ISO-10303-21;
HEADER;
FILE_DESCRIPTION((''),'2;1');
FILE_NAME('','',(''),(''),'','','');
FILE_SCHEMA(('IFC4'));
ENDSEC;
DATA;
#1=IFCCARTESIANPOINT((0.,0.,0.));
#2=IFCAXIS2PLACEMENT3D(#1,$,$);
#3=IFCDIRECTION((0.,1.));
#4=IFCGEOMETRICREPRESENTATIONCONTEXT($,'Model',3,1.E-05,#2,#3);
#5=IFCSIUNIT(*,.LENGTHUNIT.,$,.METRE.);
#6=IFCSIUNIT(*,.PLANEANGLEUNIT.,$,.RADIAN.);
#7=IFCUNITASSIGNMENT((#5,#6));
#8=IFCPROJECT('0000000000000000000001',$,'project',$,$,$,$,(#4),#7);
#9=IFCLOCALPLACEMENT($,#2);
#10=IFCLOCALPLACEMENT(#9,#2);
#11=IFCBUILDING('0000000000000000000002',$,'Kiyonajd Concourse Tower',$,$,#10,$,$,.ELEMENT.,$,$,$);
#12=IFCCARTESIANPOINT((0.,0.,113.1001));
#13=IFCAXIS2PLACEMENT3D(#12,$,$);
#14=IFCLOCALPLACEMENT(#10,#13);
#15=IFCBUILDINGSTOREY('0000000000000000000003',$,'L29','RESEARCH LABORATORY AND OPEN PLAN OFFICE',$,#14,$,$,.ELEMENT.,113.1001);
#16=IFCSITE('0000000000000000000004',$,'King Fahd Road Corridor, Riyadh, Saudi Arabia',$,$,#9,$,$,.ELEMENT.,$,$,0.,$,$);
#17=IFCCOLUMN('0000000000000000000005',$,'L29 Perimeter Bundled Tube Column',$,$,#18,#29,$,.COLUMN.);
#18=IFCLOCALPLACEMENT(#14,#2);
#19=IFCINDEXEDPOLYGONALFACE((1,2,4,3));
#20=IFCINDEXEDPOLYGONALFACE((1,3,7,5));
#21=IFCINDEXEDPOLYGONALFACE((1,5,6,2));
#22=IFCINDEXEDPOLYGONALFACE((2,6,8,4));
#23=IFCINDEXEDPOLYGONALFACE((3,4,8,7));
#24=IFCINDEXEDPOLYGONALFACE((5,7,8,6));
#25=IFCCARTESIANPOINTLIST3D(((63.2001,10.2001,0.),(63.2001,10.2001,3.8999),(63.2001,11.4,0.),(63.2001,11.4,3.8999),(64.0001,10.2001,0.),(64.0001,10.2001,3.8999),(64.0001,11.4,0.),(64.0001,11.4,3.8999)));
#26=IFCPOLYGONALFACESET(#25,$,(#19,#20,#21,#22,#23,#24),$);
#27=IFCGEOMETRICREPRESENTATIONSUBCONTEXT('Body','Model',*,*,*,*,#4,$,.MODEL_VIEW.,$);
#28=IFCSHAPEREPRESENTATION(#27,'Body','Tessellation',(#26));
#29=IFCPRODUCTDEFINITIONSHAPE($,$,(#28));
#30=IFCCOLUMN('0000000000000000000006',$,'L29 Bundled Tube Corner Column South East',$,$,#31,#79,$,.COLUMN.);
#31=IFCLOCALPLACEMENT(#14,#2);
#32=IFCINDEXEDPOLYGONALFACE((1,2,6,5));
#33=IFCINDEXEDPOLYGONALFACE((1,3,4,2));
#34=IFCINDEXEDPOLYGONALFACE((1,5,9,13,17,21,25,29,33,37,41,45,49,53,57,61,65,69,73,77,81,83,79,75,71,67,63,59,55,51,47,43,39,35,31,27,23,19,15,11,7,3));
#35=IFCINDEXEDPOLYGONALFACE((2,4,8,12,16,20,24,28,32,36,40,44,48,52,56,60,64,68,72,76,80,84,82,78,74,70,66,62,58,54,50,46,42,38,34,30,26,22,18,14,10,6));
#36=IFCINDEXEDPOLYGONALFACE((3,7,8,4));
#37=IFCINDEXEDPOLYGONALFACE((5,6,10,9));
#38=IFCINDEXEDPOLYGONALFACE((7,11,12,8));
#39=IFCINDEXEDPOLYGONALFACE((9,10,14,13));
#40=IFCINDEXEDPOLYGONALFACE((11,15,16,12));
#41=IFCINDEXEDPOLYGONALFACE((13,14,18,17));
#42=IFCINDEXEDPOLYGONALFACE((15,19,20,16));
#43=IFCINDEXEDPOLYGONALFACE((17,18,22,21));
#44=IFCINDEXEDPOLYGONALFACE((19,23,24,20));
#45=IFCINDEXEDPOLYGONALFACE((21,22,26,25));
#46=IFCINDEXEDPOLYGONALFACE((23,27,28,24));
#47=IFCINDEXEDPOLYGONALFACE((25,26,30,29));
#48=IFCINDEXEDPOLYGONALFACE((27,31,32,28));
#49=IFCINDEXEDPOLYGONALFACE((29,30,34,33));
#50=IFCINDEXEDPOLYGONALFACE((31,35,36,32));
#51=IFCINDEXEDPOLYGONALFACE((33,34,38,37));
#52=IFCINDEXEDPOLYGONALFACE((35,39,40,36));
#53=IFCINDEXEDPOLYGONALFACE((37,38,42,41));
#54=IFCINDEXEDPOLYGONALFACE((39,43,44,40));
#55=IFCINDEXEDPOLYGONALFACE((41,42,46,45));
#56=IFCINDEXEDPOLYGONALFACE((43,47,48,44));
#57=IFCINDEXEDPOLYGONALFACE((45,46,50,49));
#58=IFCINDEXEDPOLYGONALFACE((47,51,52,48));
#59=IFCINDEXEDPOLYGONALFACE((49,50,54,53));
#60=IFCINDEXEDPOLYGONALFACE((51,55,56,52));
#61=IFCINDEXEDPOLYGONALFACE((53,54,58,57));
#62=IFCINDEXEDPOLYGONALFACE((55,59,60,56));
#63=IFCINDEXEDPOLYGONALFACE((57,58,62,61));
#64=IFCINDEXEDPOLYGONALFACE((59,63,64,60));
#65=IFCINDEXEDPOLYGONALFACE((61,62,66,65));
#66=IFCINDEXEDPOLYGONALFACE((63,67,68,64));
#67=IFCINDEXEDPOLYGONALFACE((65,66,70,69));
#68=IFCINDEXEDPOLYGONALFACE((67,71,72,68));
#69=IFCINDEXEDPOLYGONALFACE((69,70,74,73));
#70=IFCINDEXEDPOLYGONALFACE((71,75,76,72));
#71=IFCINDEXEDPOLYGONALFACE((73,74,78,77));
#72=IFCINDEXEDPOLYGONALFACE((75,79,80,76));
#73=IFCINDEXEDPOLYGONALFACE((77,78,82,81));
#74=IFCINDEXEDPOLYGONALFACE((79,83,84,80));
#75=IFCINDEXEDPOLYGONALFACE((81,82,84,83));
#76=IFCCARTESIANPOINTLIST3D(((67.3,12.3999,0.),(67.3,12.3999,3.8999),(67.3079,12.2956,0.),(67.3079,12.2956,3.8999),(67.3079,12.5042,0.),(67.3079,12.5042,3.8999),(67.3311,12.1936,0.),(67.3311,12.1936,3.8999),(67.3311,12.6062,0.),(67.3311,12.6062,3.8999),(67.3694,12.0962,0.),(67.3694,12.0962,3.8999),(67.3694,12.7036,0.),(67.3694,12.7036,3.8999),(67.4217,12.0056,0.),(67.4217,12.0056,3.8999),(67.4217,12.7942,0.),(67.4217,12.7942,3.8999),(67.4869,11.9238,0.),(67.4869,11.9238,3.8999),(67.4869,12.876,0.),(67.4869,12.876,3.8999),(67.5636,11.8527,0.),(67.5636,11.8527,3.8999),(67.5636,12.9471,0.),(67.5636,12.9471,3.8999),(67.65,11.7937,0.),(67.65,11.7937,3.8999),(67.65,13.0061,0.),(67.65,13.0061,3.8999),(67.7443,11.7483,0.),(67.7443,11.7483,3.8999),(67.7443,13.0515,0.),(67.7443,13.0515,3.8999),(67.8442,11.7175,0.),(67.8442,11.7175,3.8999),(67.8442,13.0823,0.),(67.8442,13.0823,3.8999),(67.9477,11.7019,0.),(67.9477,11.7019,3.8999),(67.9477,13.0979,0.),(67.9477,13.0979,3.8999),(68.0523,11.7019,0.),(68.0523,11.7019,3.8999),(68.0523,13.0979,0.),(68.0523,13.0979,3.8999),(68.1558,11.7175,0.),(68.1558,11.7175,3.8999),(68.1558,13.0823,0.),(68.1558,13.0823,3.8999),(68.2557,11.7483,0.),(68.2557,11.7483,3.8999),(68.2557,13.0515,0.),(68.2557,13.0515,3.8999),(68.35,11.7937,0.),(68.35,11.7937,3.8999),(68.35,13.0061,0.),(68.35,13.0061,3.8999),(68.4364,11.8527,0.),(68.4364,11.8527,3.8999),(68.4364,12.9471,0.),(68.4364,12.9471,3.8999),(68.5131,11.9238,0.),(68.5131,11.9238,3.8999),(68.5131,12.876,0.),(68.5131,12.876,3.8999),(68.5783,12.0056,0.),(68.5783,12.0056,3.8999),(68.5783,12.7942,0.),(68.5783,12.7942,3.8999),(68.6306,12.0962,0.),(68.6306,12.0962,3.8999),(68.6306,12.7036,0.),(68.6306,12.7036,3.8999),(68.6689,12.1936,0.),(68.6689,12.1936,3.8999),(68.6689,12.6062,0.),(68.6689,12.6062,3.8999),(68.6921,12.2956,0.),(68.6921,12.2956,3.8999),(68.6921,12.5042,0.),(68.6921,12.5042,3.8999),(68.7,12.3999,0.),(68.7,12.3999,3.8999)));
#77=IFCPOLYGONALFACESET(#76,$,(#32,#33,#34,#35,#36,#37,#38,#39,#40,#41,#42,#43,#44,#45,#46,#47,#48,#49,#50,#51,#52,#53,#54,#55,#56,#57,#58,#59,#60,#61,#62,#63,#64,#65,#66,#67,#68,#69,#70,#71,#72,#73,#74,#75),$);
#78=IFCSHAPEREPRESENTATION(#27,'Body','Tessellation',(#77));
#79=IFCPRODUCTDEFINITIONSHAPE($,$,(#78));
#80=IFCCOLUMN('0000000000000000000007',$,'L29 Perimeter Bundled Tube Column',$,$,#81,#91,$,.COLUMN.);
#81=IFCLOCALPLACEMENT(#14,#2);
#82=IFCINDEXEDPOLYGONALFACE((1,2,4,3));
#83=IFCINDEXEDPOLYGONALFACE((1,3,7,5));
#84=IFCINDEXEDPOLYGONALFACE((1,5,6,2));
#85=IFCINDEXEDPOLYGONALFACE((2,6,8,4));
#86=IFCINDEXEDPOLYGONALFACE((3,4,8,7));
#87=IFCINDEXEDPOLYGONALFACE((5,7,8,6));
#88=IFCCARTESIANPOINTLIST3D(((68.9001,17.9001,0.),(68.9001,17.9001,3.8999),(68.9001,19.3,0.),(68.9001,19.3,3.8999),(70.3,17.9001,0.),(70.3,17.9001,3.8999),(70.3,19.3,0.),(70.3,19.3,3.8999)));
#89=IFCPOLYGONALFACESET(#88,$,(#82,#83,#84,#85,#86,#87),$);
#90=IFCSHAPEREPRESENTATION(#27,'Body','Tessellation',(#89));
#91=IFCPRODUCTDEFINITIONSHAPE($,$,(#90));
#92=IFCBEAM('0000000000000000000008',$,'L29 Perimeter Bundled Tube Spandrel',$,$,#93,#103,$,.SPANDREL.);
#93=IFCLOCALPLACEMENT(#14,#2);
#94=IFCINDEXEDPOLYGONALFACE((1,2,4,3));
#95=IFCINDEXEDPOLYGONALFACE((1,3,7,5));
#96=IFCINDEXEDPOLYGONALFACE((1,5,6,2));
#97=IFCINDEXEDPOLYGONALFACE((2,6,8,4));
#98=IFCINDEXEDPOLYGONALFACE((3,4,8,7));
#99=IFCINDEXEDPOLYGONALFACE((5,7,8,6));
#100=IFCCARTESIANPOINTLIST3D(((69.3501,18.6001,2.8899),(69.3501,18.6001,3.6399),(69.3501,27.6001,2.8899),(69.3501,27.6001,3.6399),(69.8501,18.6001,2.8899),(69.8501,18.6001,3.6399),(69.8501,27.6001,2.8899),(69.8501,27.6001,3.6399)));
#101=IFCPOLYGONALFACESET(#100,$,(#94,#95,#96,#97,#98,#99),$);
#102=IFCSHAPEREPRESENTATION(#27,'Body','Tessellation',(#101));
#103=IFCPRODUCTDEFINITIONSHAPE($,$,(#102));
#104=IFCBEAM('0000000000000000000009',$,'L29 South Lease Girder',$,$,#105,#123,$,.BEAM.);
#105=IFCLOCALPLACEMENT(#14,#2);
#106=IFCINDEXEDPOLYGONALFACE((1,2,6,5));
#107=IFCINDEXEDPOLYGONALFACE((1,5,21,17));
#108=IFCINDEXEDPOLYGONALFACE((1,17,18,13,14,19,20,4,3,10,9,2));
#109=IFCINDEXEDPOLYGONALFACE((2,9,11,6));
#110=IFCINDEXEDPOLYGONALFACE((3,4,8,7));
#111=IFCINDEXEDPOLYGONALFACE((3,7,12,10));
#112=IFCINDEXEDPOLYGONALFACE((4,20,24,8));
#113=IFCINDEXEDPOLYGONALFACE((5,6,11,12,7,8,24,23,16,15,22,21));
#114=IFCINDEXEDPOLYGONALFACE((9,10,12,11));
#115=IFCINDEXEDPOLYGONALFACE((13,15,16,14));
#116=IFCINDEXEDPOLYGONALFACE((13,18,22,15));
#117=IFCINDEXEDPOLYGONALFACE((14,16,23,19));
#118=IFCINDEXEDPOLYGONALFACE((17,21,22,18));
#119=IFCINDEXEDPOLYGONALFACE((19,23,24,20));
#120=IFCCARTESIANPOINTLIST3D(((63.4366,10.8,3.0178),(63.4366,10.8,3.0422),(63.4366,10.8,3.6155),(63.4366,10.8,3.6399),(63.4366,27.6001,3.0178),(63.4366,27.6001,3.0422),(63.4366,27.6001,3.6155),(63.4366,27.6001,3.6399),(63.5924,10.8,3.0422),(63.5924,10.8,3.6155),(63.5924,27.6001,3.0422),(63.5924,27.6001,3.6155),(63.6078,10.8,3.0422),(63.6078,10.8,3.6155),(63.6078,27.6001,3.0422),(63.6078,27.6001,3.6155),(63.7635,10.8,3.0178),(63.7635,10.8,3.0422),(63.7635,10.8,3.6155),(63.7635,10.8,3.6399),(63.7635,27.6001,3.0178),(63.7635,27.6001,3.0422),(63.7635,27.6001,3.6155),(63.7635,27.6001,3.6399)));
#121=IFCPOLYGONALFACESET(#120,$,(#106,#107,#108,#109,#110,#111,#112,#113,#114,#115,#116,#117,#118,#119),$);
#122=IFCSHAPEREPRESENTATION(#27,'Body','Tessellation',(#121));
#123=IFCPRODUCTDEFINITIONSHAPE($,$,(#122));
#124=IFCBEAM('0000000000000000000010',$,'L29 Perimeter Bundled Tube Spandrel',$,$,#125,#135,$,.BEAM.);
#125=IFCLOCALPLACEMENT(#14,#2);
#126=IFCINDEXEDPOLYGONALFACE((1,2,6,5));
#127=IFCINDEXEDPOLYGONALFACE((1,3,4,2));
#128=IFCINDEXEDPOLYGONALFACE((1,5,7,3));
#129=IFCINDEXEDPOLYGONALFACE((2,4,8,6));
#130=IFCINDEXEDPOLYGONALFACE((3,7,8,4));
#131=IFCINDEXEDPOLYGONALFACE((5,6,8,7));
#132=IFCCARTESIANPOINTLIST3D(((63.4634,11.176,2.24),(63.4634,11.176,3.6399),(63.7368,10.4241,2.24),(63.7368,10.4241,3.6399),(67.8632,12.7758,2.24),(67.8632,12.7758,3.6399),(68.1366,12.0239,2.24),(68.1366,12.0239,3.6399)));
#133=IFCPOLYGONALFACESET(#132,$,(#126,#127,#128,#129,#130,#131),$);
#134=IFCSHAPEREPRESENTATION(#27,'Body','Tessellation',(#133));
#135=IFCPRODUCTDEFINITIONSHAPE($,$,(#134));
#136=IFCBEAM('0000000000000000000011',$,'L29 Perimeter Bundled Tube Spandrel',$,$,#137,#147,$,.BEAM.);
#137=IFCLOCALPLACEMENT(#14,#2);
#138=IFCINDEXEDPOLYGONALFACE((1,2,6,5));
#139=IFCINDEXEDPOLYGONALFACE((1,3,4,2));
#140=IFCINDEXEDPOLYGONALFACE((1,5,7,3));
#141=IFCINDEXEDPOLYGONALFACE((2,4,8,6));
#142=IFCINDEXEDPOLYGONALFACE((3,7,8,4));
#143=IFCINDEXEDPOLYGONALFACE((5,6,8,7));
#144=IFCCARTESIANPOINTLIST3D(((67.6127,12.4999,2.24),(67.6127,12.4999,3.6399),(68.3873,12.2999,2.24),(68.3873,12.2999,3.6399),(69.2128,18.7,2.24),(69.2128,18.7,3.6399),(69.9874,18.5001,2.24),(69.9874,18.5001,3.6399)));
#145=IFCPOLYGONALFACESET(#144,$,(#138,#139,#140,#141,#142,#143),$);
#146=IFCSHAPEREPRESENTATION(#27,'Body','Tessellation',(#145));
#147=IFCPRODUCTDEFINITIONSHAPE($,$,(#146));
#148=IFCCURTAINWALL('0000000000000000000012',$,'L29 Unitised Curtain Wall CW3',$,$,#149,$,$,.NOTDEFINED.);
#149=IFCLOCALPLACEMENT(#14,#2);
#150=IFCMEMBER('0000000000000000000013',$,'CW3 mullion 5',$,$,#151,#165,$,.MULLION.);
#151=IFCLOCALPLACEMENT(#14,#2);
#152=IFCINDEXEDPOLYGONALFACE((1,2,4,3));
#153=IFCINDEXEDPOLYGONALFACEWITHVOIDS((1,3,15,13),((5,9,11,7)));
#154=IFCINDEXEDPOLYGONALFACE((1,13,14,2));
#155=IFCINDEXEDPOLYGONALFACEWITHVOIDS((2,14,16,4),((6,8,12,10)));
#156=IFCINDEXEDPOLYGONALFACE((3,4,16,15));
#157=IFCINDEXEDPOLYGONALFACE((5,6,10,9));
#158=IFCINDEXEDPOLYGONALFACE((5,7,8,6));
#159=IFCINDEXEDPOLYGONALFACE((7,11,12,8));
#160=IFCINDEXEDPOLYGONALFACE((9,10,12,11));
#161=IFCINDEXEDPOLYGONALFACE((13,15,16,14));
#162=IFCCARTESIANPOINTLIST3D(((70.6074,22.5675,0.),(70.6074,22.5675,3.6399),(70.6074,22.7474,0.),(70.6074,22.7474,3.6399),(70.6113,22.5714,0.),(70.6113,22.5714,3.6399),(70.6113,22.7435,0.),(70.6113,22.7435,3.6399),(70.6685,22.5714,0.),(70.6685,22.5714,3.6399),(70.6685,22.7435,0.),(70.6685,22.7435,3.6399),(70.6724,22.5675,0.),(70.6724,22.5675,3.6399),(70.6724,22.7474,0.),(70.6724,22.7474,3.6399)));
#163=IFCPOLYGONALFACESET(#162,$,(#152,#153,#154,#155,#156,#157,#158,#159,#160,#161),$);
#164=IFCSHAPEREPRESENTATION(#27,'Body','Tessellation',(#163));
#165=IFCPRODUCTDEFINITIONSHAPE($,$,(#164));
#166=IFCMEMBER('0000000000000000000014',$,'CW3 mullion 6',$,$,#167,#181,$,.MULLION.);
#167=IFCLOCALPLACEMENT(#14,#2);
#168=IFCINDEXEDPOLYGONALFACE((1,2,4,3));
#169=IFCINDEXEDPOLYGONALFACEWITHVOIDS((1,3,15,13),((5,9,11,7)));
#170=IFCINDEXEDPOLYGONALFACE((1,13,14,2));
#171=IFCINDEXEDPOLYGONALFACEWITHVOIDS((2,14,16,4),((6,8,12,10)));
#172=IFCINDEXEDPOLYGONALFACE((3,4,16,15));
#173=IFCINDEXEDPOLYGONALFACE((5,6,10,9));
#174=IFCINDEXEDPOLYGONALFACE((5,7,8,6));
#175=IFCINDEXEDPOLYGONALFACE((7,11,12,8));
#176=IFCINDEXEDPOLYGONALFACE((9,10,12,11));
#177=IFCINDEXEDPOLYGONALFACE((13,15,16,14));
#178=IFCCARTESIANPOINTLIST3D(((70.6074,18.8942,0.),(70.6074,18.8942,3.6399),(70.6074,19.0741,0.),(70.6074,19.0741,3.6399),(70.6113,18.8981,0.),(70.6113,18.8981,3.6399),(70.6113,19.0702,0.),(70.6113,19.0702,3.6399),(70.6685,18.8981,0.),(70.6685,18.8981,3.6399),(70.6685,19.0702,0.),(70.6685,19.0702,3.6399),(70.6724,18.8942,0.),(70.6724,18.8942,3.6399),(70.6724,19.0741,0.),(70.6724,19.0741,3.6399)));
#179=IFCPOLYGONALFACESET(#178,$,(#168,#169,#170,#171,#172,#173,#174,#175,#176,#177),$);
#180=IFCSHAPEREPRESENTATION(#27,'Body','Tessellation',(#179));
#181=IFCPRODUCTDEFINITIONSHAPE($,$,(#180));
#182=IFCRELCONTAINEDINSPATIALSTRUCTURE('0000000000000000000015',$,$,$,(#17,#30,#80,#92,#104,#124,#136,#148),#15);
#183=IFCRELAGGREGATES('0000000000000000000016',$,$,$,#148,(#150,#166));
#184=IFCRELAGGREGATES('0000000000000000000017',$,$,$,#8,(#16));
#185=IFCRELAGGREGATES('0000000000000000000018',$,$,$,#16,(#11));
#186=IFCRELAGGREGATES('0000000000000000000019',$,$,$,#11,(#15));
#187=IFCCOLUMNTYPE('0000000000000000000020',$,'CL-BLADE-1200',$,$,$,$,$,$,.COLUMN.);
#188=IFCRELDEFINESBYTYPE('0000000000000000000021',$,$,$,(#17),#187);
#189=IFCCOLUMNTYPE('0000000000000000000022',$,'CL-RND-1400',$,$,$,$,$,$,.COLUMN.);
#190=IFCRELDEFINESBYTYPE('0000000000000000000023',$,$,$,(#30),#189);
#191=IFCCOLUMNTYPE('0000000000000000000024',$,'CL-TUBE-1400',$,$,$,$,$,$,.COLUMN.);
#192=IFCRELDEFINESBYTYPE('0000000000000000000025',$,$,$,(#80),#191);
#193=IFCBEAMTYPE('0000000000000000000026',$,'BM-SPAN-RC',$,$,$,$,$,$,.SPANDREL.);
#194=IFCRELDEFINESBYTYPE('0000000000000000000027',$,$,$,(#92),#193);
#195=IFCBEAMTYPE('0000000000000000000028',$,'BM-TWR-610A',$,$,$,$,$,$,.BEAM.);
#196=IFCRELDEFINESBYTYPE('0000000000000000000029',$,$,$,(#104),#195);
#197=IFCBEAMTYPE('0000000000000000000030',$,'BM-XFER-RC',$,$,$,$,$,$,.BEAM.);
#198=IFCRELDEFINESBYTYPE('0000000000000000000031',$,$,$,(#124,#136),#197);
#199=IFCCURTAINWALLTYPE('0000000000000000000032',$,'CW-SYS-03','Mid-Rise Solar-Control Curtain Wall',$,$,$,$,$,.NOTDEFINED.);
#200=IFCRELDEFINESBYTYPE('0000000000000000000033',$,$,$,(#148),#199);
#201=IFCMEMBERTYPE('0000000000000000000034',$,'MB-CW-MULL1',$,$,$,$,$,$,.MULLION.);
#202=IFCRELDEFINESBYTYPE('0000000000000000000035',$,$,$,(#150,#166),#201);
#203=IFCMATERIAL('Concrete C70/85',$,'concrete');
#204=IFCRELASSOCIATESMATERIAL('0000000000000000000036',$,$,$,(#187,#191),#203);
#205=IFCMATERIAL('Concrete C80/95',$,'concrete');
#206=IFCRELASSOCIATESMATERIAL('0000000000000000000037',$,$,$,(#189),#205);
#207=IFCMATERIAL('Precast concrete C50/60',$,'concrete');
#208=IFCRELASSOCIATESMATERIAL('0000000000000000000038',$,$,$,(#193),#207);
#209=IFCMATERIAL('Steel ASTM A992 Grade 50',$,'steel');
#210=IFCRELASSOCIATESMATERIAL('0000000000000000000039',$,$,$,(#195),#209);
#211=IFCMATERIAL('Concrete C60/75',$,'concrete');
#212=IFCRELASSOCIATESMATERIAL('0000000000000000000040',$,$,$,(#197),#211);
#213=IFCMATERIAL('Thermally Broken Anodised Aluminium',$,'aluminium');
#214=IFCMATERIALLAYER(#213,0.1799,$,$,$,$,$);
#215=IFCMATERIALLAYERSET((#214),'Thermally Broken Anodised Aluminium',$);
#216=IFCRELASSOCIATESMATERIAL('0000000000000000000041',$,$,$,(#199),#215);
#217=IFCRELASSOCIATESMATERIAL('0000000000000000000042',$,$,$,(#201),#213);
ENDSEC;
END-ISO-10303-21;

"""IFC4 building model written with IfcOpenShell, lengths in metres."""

from ifc_helpers import new_model, si_unit, direction, frame, origin, origin_2d, place, context, subcontext, project, spatial, rectangle, hollow_rectangle, circle, i_section, extrude, material, layer, layer_set, material_profile, profile_set, type_object, element, aggregate, save


model = new_model("IFC4")

# Units and contexts
model_context = context("Model", 3, precision=1e-05, world=origin(), true_north=direction((0.0, 1.0)))
body_context = subcontext(model_context, "Body", "Model", "MODEL_VIEW")
ifc_project = project(units=[si_unit("LENGTHUNIT", "METRE"), si_unit("PLANEANGLEUNIT", "RADIAN")], contexts=[model_context])

# Site, building, storey
site_placement = place(None, origin())
site = spatial("IfcSite", under=ifc_project, at=site_placement, Name="King Fahd Road Corridor, Riyadh, Saudi Arabia", CompositionType="ELEMENT", RefElevation=0.0)
building_placement = place(site_placement, origin())
building = spatial("IfcBuilding", under=site, at=building_placement, Name="Kiyonajd Concourse Tower", CompositionType="ELEMENT")
storey_placement = place(building_placement, frame((0.0, 0.0, 113.1001)))
storey = spatial("IfcBuildingStorey", under=building, at=storey_placement, Name="L29", Description="RESEARCH LABORATORY AND OPEN PLAN OFFICE", CompositionType="ELEMENT", Elevation=113.1001)

# Columns
ifc_material_1 = material(Name="Concrete C70/85", Category="concrete")
ifc_material_profile_1 = material_profile(ifc_material_1, rectangle(XDim=0.8, YDim=1.2, at=origin_2d()), Name="RC-1200x800")
ifc_profile_set_1 = profile_set([ifc_material_profile_1], Name="Concrete C70/85")
column_type_1 = type_object("IfcColumnType", Name="CL-BLADE-1200", PredefinedType="COLUMN", material=ifc_profile_set_1)
column_1_placement = place(storey_placement, frame((63.6001, 10.8, 0.0), z_axis=(0.0, 0.0, 1.0), x_axis=(1.0, 0.0, 0.0)))
element("IfcColumn", 1, at=column_1_placement, inside=storey, type_object=column_type_1, Name="L29 Perimeter Bundled Tube Column", PredefinedType="COLUMN", context=body_context, shape_type="SweptSolid", body=[
    extrude(rectangle(XDim=0.8, YDim=1.2, at=origin_2d()), origin(), (0.0, 0.0, 1.0), 3.8999),
])
ifc_material_2 = material(Name="Concrete C80/95", Category="concrete")
ifc_material_profile_2 = material_profile(ifc_material_2, circle(Radius=0.7, at=origin_2d()), Name="RCC-D1400")
ifc_profile_set_2 = profile_set([ifc_material_profile_2], Name="Concrete C80/95")
column_type_2 = type_object("IfcColumnType", Name="CL-RND-1400", PredefinedType="COLUMN", material=ifc_profile_set_2)
column_2_placement = place(storey_placement, frame((68.0, 12.3999, 0.0), z_axis=(0.0, 0.0, 1.0), x_axis=(1.0, 0.0, 0.0)))
element("IfcColumn", 2, at=column_2_placement, inside=storey, type_object=column_type_2, Name="L29 Bundled Tube Corner Column South East", PredefinedType="COLUMN", context=body_context, shape_type="SweptSolid", body=[
    extrude(circle(Radius=0.7, at=origin_2d()), origin(), (0.0, 0.0, 1.0), 3.8999),
])
ifc_material_profile_3 = material_profile(ifc_material_1, rectangle(XDim=1.3999, YDim=1.3999, at=origin_2d()), Name="RC-1400x1400")
ifc_profile_set_3 = profile_set([ifc_material_profile_3], Name="Concrete C70/85")
column_type_3 = type_object("IfcColumnType", Name="CL-TUBE-1400", PredefinedType="COLUMN", material=ifc_profile_set_3)
column_3_placement = place(storey_placement, frame((69.6001, 18.6001, 0.0), z_axis=(0.0, 0.0, 1.0), x_axis=(1.0, 0.0, 0.0)))
element("IfcColumn", 3, at=column_3_placement, inside=storey, type_object=column_type_3, Name="L29 Perimeter Bundled Tube Column", PredefinedType="COLUMN", context=body_context, shape_type="SweptSolid", body=[
    extrude(rectangle(XDim=1.3999, YDim=1.3999, at=origin_2d()), origin(), (0.0, 0.0, 1.0), 3.8999),
])

# Beams
ifc_material_3 = material(Name="Precast concrete C50/60", Category="concrete")
ifc_material_profile_4 = material_profile(ifc_material_3, rectangle(XDim=0.5, YDim=0.75, at=origin_2d()), Name="RCBM-500x750")
ifc_profile_set_4 = profile_set([ifc_material_profile_4], Name="Precast concrete C50/60")
beam_type_1 = type_object("IfcBeamType", Name="BM-SPAN-RC", PredefinedType="SPANDREL", material=ifc_profile_set_4)
beam_1_placement = place(storey_placement, frame((69.6001, 18.6001, 3.2649), z_axis=(0.0, 1.0, 0.0), x_axis=(-1.0, 0.0, 0.0)))
element("IfcBeam", 4, at=beam_1_placement, inside=storey, type_object=beam_type_1, Name="L29 Perimeter Bundled Tube Spandrel", PredefinedType="SPANDREL", context=body_context, shape_type="SweptSolid", body=[
    extrude(rectangle(XDim=0.5, YDim=0.75, at=origin_2d()), origin(), (0.0, 0.0, 1.0), 9.0),
])
ifc_material_4 = material(Name="Steel ASTM A992 Grade 50", Category="steel")
ifc_material_profile_5 = material_profile(ifc_material_4, i_section(OverallWidth=0.3269, OverallDepth=0.6221, WebThickness=0.0154, FlangeThickness=0.0244, at=origin_2d()), Name="W610X195")
ifc_profile_set_5 = profile_set([ifc_material_profile_5], Name="Steel ASTM A992 Grade 50")
beam_type_2 = type_object("IfcBeamType", Name="BM-TWR-610A", PredefinedType="BEAM", material=ifc_profile_set_5)
beam_2_placement = place(storey_placement, frame((63.6001, 10.8, 3.3289), z_axis=(0.0, 1.0, 0.0), x_axis=(-1.0, 0.0, 0.0)))
element("IfcBeam", 5, at=beam_2_placement, inside=storey, type_object=beam_type_2, Name="L29 South Lease Girder", PredefinedType="BEAM", context=body_context, shape_type="SweptSolid", body=[
    extrude(i_section(OverallWidth=0.3269, OverallDepth=0.6221, WebThickness=0.0154, FlangeThickness=0.0244, at=origin_2d()), origin(), (0.0, 0.0, 1.0), 16.8),
])
ifc_material_5 = material(Name="Concrete C60/75", Category="concrete")
ifc_material_profile_6 = material_profile(ifc_material_5, rectangle(XDim=0.8, YDim=1.3999, at=origin_2d()), Name="RCBM-800x1400")
ifc_profile_set_6 = profile_set([ifc_material_profile_6], Name="Concrete C60/75")
beam_type_3 = type_object("IfcBeamType", Name="BM-XFER-RC", PredefinedType="BEAM", material=ifc_profile_set_6)
beam_3_placement = place(storey_placement, frame((63.6001, 10.8, 2.9399), z_axis=(0.939801, 0.341722, 0.0), x_axis=(-0.341722, 0.939801, 0.0)))
element("IfcBeam", 6, at=beam_3_placement, inside=storey, type_object=beam_type_3, Name="L29 Perimeter Bundled Tube Spandrel", PredefinedType="BEAM", context=body_context, shape_type="SweptSolid", body=[
    extrude(rectangle(XDim=0.8, YDim=1.3999, at=origin_2d()), origin(), (0.0, 0.0, 1.0), 4.6816),
])
beam_4_placement = place(storey_placement, frame((68.0, 12.3999, 2.9399), z_axis=(0.249885, 0.968276, 0.0), x_axis=(-0.968276, 0.249885, 0.0)))
element("IfcBeam", 7, at=beam_4_placement, inside=storey, type_object=beam_type_3, Name="L29 Perimeter Bundled Tube Spandrel", PredefinedType="BEAM", context=body_context, shape_type="SweptSolid", body=[
    extrude(rectangle(XDim=0.8, YDim=1.3999, at=origin_2d()), origin(), (0.0, 0.0, 1.0), 6.4033),
])

# Curtain wall, members
ifc_material_6 = material(Name="Thermally Broken Anodised Aluminium", Category="aluminium")
ifc_layer_1 = layer(ifc_material_6, 0.1799)
ifc_layer_set_1 = layer_set([ifc_layer_1], Name="Thermally Broken Anodised Aluminium")
curtain_wall_type = type_object("IfcCurtainWallType", Name="CW-SYS-03", Description="Mid-Rise Solar-Control Curtain Wall", PredefinedType="NOTDEFINED", material=ifc_layer_set_1)
curtain_wall_placement = place(storey_placement, origin())
curtain_wall = element("IfcCurtainWall", 8, at=curtain_wall_placement, inside=storey, type_object=curtain_wall_type, Name="L29 Unitised Curtain Wall CW3", PredefinedType="NOTDEFINED")
ifc_material_profile_7 = material_profile(ifc_material_6, hollow_rectangle(XDim=0.0649, YDim=0.1799, WallThickness=0.0039, at=origin_2d()), Name="MULL-65x180")
ifc_profile_set_7 = profile_set([ifc_material_profile_7], Name="Thermally Broken Anodised Aluminium")
member_type_1 = type_object("IfcMemberType", Name="MB-CW-MULL1", PredefinedType="MULLION", material=ifc_profile_set_7)
member_1_placement = place(storey_placement, frame((70.6399, 22.6575, 0.0), z_axis=(0.0, 0.0, 1.0), x_axis=(1.0, 0.0, 0.0)))
member_1 = element("IfcMember", 9, at=member_1_placement, type_object=member_type_1, Name="CW3 mullion 5", PredefinedType="MULLION", context=body_context, shape_type="SweptSolid", body=[
    extrude(hollow_rectangle(XDim=0.0649, YDim=0.1799, WallThickness=0.0039, at=origin_2d()), origin(), (0.0, 0.0, 1.0), 3.6399),
])
member_2_placement = place(storey_placement, frame((70.6399, 18.9841, 0.0), z_axis=(0.0, 0.0, 1.0), x_axis=(1.0, 0.0, 0.0)))
member_2 = element("IfcMember", 10, at=member_2_placement, type_object=member_type_1, Name="CW3 mullion 6", PredefinedType="MULLION", context=body_context, shape_type="SweptSolid", body=[
    extrude(hollow_rectangle(XDim=0.0649, YDim=0.1799, WallThickness=0.0039, at=origin_2d()), origin(), (0.0, 0.0, 1.0), 3.6399),
])
aggregate(curtain_wall, [member_1, member_2])

save(model, "model.ifc")
